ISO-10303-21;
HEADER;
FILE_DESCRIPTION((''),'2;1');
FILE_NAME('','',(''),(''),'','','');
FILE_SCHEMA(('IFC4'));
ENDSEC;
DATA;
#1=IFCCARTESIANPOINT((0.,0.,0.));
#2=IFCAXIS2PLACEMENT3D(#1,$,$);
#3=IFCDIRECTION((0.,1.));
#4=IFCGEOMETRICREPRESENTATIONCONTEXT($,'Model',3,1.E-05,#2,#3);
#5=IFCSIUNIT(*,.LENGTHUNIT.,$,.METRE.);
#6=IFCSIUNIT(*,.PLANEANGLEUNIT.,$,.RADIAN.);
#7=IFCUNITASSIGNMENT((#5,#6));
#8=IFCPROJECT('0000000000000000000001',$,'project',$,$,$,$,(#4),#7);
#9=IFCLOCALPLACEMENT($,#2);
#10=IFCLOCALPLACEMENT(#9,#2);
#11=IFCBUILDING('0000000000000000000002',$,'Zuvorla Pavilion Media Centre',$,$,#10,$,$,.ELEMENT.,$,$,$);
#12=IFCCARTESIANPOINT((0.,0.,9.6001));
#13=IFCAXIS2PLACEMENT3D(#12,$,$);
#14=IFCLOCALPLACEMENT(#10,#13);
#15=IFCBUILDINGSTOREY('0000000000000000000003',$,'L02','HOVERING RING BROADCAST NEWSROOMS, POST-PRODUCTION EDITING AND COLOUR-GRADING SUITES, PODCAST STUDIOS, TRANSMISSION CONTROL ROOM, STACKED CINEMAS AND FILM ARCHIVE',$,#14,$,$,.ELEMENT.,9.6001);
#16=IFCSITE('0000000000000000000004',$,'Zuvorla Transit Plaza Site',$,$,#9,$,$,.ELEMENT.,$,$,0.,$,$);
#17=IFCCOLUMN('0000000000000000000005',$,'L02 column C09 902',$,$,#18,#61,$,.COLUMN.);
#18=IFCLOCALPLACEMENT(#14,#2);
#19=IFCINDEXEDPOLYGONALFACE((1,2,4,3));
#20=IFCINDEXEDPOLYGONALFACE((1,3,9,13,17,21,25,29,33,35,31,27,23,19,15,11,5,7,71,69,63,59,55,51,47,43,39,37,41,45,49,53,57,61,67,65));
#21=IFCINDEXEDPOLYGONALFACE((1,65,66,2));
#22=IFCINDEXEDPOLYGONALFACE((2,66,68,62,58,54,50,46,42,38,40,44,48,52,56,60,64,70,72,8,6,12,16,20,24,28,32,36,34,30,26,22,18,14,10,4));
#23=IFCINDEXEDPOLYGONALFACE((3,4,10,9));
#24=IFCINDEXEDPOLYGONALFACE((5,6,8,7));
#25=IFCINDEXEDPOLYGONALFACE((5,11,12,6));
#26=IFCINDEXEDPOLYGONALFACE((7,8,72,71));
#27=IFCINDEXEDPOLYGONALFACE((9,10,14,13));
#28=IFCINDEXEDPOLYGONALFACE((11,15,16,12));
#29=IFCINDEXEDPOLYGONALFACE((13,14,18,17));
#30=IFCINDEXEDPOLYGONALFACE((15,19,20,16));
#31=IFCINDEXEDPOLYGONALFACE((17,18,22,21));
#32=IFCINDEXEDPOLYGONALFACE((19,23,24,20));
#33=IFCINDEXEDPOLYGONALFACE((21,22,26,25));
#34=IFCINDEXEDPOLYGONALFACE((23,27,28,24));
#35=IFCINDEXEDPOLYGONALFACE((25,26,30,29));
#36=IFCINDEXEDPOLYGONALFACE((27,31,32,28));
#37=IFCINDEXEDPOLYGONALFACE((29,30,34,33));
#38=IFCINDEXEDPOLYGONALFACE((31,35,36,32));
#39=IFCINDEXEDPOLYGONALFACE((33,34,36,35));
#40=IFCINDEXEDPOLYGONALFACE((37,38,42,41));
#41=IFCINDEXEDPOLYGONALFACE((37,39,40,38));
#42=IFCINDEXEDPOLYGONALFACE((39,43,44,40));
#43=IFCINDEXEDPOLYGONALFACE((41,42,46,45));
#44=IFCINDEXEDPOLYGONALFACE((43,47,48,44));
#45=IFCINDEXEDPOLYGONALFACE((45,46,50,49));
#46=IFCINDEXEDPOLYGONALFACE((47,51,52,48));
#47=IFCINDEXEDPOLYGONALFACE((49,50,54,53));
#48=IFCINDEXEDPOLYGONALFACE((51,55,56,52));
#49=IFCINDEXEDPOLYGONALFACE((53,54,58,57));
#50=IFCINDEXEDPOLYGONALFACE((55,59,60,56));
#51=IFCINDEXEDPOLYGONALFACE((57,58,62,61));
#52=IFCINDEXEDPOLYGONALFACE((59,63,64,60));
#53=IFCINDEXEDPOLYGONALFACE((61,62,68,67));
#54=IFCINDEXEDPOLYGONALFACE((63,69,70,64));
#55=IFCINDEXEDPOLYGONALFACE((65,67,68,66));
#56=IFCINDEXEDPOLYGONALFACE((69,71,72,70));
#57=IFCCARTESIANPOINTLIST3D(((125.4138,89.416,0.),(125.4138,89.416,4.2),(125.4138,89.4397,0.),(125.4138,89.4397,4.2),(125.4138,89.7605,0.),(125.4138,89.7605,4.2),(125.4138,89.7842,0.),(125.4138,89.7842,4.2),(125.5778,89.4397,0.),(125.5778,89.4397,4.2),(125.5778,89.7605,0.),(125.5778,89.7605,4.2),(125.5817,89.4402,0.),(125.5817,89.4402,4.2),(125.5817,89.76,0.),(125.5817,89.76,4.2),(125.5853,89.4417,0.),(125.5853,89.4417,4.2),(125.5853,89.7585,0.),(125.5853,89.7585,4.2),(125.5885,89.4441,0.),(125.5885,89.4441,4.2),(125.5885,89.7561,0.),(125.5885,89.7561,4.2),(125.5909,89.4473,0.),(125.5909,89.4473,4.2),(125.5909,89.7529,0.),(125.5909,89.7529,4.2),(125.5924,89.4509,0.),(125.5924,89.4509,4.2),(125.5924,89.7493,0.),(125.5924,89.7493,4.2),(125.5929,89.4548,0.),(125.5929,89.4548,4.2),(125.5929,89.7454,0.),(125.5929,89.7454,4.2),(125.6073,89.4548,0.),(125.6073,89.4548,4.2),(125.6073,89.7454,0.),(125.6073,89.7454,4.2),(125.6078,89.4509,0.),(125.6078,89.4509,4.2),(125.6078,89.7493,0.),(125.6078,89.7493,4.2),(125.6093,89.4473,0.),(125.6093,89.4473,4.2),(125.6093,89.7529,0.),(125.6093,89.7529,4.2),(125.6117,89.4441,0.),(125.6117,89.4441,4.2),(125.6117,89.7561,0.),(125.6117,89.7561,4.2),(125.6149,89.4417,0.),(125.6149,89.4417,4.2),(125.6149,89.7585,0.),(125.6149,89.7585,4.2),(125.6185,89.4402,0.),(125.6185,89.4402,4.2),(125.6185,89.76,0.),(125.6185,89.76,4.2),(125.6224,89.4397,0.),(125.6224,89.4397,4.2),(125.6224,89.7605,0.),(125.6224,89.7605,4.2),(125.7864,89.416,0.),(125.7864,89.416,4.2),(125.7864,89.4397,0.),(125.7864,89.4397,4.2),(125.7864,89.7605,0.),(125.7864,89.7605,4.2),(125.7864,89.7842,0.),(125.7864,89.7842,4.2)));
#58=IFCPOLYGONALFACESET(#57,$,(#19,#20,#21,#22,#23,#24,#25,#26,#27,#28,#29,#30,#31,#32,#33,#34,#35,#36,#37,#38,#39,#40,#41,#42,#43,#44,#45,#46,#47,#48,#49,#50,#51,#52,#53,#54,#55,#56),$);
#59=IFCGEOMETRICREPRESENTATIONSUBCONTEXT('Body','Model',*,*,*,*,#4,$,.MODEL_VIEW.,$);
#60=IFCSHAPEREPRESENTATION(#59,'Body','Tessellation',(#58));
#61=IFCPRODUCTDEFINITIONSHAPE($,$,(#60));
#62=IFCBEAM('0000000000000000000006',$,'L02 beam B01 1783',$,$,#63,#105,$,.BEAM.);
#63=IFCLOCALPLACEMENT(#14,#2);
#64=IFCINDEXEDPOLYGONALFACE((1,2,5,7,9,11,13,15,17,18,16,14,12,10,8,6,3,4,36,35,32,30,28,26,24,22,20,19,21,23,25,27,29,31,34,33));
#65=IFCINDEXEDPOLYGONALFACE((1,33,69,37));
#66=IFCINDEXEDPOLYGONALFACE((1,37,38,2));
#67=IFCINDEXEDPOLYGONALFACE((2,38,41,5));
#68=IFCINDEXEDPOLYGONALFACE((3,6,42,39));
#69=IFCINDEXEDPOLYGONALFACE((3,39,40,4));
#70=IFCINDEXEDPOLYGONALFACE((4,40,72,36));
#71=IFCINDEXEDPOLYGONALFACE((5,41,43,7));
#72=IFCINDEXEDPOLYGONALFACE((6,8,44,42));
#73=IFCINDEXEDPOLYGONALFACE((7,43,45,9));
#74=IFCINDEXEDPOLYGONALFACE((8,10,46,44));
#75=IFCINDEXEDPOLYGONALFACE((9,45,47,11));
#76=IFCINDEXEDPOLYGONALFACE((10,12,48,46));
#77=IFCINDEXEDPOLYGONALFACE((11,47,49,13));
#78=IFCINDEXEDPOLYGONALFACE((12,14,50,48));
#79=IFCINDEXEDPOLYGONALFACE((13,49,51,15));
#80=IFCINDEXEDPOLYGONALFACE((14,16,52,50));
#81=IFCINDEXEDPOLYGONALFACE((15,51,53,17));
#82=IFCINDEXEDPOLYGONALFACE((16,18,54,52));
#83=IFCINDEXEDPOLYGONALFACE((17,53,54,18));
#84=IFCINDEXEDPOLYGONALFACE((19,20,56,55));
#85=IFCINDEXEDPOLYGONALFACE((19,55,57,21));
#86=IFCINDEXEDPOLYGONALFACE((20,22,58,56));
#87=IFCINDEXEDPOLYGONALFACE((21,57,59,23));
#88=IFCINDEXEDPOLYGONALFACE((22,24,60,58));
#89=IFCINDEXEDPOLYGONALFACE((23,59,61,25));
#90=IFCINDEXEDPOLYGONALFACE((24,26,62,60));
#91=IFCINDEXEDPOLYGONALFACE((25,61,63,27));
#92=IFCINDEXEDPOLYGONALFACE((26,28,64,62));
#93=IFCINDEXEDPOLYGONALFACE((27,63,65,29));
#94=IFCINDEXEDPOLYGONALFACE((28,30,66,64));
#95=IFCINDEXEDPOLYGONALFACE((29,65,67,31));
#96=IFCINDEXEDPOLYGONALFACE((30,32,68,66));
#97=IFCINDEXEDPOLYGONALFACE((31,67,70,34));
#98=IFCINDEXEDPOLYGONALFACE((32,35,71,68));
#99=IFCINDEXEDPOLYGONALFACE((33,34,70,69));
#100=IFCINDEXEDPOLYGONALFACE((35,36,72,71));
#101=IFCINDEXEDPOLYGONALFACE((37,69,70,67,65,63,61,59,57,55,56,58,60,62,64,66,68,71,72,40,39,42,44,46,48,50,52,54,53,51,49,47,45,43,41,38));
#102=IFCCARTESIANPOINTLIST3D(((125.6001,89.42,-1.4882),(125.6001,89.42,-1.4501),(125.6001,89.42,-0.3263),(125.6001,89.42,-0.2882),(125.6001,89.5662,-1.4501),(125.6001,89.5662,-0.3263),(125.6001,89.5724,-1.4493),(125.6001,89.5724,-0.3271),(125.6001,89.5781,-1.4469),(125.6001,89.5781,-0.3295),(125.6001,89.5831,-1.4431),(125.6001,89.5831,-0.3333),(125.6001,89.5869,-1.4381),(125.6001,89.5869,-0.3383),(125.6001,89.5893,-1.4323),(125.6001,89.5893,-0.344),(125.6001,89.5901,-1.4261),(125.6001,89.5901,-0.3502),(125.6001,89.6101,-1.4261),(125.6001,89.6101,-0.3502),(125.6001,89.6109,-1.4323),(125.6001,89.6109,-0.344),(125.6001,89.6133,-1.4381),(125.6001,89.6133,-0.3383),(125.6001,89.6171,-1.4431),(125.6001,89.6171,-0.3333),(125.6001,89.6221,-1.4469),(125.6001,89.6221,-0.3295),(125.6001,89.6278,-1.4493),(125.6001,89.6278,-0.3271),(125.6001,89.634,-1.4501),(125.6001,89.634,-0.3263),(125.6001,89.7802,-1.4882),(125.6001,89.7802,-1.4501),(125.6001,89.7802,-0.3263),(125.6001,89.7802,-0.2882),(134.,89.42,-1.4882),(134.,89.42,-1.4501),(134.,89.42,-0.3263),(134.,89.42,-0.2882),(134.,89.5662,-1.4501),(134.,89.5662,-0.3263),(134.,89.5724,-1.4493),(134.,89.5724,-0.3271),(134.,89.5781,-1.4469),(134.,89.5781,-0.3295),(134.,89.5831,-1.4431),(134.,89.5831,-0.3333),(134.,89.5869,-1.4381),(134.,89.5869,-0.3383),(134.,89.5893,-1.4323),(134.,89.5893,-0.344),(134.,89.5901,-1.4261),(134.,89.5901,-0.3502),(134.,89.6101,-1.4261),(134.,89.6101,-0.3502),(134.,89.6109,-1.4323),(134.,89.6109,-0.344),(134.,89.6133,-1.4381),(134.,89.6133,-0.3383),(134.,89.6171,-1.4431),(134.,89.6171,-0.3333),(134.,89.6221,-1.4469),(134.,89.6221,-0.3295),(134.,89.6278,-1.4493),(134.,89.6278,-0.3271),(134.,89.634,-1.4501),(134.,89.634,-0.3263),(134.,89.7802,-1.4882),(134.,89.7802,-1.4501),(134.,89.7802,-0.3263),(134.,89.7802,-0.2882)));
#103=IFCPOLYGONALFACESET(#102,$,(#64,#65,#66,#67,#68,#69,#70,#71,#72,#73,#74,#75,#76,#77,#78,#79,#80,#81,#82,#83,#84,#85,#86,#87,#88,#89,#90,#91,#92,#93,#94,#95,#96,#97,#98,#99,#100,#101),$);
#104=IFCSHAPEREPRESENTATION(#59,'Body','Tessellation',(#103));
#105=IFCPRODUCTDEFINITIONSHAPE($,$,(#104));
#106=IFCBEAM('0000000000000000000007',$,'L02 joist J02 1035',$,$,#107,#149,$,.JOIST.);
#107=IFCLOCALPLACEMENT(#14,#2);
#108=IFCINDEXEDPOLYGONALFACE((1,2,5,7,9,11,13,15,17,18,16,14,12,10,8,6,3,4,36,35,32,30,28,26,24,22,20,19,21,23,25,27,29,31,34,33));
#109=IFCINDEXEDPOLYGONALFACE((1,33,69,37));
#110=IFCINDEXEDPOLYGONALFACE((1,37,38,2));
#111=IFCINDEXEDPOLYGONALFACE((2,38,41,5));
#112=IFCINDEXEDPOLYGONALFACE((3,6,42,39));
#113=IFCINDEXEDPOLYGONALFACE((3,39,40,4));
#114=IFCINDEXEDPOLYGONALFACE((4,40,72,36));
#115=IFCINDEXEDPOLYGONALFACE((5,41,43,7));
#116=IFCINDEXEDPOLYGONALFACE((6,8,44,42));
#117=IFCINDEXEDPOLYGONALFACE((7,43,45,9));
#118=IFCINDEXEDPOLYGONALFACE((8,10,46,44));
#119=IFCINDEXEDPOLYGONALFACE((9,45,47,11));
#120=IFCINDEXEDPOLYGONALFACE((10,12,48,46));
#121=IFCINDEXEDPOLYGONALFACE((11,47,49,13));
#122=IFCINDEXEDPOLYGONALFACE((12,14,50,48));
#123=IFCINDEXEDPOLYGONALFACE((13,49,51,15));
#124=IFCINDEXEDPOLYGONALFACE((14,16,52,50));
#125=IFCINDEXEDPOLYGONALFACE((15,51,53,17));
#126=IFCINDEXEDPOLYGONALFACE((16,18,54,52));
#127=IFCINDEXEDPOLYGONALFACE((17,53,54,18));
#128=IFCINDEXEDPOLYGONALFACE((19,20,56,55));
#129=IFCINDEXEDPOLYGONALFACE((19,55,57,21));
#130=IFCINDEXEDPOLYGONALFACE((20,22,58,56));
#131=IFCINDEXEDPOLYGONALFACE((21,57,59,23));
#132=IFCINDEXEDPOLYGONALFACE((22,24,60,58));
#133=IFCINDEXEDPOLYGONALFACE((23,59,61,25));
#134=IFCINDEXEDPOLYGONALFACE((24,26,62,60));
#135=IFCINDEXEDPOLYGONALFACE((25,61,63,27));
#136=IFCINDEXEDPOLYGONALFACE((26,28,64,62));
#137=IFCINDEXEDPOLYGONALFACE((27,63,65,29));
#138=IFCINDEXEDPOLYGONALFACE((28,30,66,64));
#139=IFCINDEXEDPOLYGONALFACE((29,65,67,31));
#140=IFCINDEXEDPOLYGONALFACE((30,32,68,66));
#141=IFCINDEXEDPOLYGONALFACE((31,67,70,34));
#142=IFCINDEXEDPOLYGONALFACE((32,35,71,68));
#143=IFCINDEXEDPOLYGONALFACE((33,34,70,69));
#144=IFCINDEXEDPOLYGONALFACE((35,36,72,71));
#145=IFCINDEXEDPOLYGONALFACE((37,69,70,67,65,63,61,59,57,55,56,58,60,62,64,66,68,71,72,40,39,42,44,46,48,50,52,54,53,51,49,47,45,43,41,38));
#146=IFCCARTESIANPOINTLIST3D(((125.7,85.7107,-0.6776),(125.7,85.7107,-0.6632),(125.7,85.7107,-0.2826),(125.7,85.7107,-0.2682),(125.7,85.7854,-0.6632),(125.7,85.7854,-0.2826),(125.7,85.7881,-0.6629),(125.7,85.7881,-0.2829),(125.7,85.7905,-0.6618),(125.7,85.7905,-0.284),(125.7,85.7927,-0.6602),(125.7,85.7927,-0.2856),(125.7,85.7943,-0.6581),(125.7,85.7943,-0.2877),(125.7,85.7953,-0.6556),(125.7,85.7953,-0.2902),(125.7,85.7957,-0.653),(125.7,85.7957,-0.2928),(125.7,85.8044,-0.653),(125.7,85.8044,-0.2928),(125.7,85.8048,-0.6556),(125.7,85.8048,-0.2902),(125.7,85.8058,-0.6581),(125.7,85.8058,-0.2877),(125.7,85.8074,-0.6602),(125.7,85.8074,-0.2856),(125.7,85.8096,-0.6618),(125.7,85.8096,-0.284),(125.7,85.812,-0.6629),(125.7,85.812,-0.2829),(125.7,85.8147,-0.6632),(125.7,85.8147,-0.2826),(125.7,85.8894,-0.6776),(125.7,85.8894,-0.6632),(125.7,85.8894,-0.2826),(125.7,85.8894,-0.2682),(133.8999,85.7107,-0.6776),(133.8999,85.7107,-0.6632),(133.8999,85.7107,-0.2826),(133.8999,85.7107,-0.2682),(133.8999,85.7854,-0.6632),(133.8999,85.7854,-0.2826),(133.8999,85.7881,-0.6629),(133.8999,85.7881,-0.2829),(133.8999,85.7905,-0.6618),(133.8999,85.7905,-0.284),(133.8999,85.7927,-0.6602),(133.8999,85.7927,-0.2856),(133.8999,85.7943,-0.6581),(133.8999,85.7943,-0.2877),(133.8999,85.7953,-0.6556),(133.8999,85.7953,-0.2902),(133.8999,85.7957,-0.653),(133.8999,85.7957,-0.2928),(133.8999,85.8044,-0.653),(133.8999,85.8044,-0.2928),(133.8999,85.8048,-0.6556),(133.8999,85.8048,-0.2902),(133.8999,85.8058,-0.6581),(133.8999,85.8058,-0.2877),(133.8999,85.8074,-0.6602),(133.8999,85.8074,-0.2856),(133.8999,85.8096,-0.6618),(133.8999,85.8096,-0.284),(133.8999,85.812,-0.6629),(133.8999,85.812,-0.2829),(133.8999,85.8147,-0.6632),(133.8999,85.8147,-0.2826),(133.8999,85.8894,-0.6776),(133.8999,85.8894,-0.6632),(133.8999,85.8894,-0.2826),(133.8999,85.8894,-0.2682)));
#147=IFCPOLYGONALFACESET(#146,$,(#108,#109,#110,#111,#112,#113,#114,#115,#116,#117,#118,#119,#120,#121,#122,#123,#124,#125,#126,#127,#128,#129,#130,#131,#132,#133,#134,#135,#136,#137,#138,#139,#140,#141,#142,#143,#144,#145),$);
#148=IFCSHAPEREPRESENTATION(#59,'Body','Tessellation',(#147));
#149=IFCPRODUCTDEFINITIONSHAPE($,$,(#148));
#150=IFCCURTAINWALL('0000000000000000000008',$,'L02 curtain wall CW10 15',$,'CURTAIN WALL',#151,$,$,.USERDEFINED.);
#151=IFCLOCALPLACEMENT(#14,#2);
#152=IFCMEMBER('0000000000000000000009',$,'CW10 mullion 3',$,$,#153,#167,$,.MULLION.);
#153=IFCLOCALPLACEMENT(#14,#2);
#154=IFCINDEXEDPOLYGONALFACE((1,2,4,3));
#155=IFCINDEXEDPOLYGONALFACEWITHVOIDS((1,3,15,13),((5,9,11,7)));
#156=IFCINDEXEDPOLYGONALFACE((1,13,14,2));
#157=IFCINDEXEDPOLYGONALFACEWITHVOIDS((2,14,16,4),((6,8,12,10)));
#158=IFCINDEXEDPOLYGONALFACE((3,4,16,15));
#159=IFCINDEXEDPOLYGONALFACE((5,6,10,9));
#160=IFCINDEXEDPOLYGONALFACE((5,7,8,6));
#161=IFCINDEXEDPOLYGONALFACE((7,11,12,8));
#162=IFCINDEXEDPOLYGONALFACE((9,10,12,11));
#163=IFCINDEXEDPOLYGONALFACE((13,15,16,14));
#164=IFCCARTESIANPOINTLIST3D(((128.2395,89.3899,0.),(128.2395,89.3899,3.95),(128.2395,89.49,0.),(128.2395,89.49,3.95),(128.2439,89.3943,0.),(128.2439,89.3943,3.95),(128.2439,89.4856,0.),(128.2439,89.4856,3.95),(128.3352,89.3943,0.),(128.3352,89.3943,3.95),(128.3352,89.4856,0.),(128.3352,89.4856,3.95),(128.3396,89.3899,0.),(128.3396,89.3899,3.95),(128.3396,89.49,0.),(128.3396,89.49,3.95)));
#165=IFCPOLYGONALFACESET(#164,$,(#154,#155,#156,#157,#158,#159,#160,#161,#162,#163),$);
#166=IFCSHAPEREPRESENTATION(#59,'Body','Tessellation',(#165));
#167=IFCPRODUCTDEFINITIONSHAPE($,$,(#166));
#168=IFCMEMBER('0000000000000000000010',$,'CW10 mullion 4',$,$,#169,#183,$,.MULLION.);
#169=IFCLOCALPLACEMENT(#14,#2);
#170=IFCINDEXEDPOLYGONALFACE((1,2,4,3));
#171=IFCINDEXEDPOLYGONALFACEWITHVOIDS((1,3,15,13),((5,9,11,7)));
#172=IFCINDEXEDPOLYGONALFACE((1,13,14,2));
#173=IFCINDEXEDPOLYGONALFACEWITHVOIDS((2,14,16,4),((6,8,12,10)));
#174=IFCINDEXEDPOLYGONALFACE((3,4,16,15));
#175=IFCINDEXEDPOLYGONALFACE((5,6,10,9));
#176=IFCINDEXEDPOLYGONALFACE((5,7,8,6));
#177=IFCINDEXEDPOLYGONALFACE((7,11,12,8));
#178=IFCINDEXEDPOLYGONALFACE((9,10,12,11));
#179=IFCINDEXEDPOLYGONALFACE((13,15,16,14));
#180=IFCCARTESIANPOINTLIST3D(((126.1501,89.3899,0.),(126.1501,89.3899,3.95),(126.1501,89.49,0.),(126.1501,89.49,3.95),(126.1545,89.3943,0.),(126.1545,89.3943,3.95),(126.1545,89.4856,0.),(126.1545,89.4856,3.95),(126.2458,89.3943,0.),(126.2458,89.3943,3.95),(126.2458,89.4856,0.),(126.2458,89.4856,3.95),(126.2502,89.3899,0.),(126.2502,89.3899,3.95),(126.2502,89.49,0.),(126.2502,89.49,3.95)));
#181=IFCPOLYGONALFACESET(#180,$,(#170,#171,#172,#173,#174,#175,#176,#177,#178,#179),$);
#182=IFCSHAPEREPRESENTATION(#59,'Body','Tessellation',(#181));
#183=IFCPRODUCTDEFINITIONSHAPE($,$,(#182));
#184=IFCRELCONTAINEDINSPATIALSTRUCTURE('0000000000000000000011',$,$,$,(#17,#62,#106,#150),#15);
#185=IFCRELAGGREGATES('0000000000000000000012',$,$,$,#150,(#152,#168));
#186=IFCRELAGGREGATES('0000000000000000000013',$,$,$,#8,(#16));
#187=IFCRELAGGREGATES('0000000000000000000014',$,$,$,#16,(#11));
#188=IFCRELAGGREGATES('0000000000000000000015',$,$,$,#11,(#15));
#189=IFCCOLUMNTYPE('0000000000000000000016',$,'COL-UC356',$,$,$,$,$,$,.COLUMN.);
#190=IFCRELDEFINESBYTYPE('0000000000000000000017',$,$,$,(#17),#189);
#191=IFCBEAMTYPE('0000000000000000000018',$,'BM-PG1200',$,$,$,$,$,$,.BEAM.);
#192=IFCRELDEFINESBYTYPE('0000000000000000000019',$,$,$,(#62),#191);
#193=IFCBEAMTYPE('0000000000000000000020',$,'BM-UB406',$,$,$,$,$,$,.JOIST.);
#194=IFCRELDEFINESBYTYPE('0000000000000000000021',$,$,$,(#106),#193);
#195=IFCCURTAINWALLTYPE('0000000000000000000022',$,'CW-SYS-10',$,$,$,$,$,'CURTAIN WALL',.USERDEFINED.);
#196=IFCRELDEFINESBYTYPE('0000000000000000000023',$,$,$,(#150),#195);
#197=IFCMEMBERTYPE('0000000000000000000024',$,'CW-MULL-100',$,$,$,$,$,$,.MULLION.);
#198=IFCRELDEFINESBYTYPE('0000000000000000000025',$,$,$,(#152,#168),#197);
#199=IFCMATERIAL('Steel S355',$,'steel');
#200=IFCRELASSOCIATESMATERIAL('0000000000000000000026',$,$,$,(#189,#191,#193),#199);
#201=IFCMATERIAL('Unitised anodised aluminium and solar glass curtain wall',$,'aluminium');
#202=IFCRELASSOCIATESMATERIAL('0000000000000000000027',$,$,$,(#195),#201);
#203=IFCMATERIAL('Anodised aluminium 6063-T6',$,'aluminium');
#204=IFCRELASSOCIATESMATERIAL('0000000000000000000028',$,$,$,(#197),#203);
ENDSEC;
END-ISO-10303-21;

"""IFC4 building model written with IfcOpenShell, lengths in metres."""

from ifc_helpers import new_model, si_unit, direction, frame, origin, origin_2d, place, context, subcontext, project, spatial, hollow_rectangle, i_section, extrude, material, material_profile, profile_set, type_object, element, aggregate, save


model = new_model("IFC4")

# Units and contexts
model_context = context("Model", 3, precision=1e-05, world=origin(), true_north=direction((0.0, 1.0)))
body_context = subcontext(model_context, "Body", "Model", "MODEL_VIEW")
ifc_project = project(units=[si_unit("LENGTHUNIT", "METRE"), si_unit("PLANEANGLEUNIT", "RADIAN")], contexts=[model_context])

# Site, building, storey
site_placement = place(None, origin())
site = spatial("IfcSite", under=ifc_project, at=site_placement, Name="Zuvorla Transit Plaza Site", CompositionType="ELEMENT", RefElevation=0.0)
building_placement = place(site_placement, origin())
building = spatial("IfcBuilding", under=site, at=building_placement, Name="Zuvorla Pavilion Media Centre", CompositionType="ELEMENT")
storey_placement = place(building_placement, frame((0.0, 0.0, 9.6001)))
storey = spatial("IfcBuildingStorey", under=building, at=storey_placement, Name="L02", Description="HOVERING RING BROADCAST NEWSROOMS, POST-PRODUCTION EDITING AND COLOUR-GRADING SUITES, PODCAST STUDIOS, TRANSMISSION CONTROL ROOM, STACKED CINEMAS AND FILM ARCHIVE", CompositionType="ELEMENT", Elevation=9.6001)

# Column
ifc_material_1 = material(Name="Steel S355", Category="steel")
ifc_material_profile_1 = material_profile(ifc_material_1, i_section(OverallWidth=0.3726, OverallDepth=0.3682, WebThickness=0.0144, FlangeThickness=0.0237, FilletRadius=0.0151, at=origin_2d()), Name="UC 356x368x177")
ifc_profile_set_1 = profile_set([ifc_material_profile_1], Name="Steel S355")
column_type = type_object("IfcColumnType", Name="COL-UC356", PredefinedType="COLUMN", material=ifc_profile_set_1)
column_placement = place(storey_placement, frame((125.6001, 89.6001, 0.0), z_axis=(0.0, 0.0, 1.0), x_axis=(1.0, 0.0, 0.0)))
element("IfcColumn", 1, at=column_placement, inside=storey, type_object=column_type, Name="L02 column C09 902", PredefinedType="COLUMN", context=body_context, shape_type="SweptSolid", body=[
    extrude(i_section(OverallWidth=0.3726, OverallDepth=0.3682, WebThickness=0.0144, FlangeThickness=0.0237, FilletRadius=0.0151, at=origin_2d()), origin(), (0.0, 0.0, 1.0), 4.2),
])

# Beams
ifc_material_profile_2 = material_profile(ifc_material_1, i_section(OverallWidth=0.3601, OverallDepth=1.2, WebThickness=0.02, FlangeThickness=0.0381, FilletRadius=0.0239, at=origin_2d()), Name="PG 1200x360x38")
ifc_profile_set_2 = profile_set([ifc_material_profile_2], Name="Steel S355")
beam_type_1 = type_object("IfcBeamType", Name="BM-PG1200", PredefinedType="BEAM", material=ifc_profile_set_2)
beam_1_placement = place(storey_placement, frame((125.6001, 89.6001, -0.8882), z_axis=(1.0, 0.0, 0.0), x_axis=(0.0, 1.0, 0.0)))
element("IfcBeam", 2, at=beam_1_placement, inside=storey, type_object=beam_type_1, Name="L02 beam B01 1783", PredefinedType="BEAM", context=body_context, shape_type="SweptSolid", body=[
    extrude(i_section(OverallWidth=0.3601, OverallDepth=1.2, WebThickness=0.02, FlangeThickness=0.0381, FilletRadius=0.0239, at=origin_2d()), origin(), (0.0, 0.0, 1.0), 8.3999),
])
ifc_material_profile_3 = material_profile(ifc_material_1, i_section(OverallWidth=0.1787, OverallDepth=0.4094, WebThickness=0.0088, FlangeThickness=0.0144, FilletRadius=0.0103, at=origin_2d()), Name="UB 406x178x67")
ifc_profile_set_3 = profile_set([ifc_material_profile_3], Name="Steel S355")
beam_type_2 = type_object("IfcBeamType", Name="BM-UB406", PredefinedType="JOIST", material=ifc_profile_set_3)
beam_2_placement = place(storey_placement, frame((125.7, 85.8, -0.4729), z_axis=(1.0, 0.0, 0.0), x_axis=(0.0, 1.0, 0.0)))
element("IfcBeam", 3, at=beam_2_placement, inside=storey, type_object=beam_type_2, Name="L02 joist J02 1035", PredefinedType="JOIST", context=body_context, shape_type="SweptSolid", body=[
    extrude(i_section(OverallWidth=0.1787, OverallDepth=0.4094, WebThickness=0.0088, FlangeThickness=0.0144, FilletRadius=0.0103, at=origin_2d()), origin(), (0.0, 0.0, 1.0), 8.2),
])

# Curtain wall, members
ifc_material_2 = material(Name="Unitised anodised aluminium and solar glass curtain wall", Category="aluminium")
curtain_wall_type_1 = type_object("IfcCurtainWallType", Name="CW-SYS-10", ElementType="CURTAIN WALL", PredefinedType="USERDEFINED", material=ifc_material_2)
curtain_wall_1_placement = place(storey_placement, origin())
curtain_wall_1 = element("IfcCurtainWall", 4, at=curtain_wall_1_placement, inside=storey, type_object=curtain_wall_type_1, Name="L02 curtain wall CW10 15", ObjectType="CURTAIN WALL", PredefinedType="USERDEFINED")
ifc_material_3 = material(Name="Anodised aluminium 6063-T6", Category="aluminium")
ifc_material_profile_4 = material_profile(ifc_material_3, hollow_rectangle(XDim=0.1001, YDim=0.1001, WallThickness=0.0044, at=origin_2d()), Name="ALU MULL 100x100")
ifc_profile_set_4 = profile_set([ifc_material_profile_4], Name="Anodised aluminium 6063-T6")
member_type_1 = type_object("IfcMemberType", Name="CW-MULL-100", PredefinedType="MULLION", material=ifc_profile_set_4)
member_1_placement = place(storey_placement, frame((128.2896, 89.4399, 0.0), z_axis=(0.0, 0.0, 1.0), x_axis=(1.0, 0.0, 0.0)))
member_1 = element("IfcMember", 5, at=member_1_placement, type_object=member_type_1, Name="CW10 mullion 3", PredefinedType="MULLION", context=body_context, shape_type="SweptSolid", body=[
    extrude(hollow_rectangle(XDim=0.1001, YDim=0.1001, WallThickness=0.0044, at=origin_2d()), origin(), (0.0, 0.0, 1.0), 3.95),
])
member_2_placement = place(storey_placement, frame((126.2002, 89.4399, 0.0), z_axis=(0.0, 0.0, 1.0), x_axis=(1.0, 0.0, 0.0)))
member_2 = element("IfcMember", 6, at=member_2_placement, type_object=member_type_1, Name="CW10 mullion 4", PredefinedType="MULLION", context=body_context, shape_type="SweptSolid", body=[
    extrude(hollow_rectangle(XDim=0.1001, YDim=0.1001, WallThickness=0.0044, at=origin_2d()), origin(), (0.0, 0.0, 1.0), 3.95),
])

aggregate(curtain_wall_1, [member_1, member_2])

save(model, "model.ifc")
